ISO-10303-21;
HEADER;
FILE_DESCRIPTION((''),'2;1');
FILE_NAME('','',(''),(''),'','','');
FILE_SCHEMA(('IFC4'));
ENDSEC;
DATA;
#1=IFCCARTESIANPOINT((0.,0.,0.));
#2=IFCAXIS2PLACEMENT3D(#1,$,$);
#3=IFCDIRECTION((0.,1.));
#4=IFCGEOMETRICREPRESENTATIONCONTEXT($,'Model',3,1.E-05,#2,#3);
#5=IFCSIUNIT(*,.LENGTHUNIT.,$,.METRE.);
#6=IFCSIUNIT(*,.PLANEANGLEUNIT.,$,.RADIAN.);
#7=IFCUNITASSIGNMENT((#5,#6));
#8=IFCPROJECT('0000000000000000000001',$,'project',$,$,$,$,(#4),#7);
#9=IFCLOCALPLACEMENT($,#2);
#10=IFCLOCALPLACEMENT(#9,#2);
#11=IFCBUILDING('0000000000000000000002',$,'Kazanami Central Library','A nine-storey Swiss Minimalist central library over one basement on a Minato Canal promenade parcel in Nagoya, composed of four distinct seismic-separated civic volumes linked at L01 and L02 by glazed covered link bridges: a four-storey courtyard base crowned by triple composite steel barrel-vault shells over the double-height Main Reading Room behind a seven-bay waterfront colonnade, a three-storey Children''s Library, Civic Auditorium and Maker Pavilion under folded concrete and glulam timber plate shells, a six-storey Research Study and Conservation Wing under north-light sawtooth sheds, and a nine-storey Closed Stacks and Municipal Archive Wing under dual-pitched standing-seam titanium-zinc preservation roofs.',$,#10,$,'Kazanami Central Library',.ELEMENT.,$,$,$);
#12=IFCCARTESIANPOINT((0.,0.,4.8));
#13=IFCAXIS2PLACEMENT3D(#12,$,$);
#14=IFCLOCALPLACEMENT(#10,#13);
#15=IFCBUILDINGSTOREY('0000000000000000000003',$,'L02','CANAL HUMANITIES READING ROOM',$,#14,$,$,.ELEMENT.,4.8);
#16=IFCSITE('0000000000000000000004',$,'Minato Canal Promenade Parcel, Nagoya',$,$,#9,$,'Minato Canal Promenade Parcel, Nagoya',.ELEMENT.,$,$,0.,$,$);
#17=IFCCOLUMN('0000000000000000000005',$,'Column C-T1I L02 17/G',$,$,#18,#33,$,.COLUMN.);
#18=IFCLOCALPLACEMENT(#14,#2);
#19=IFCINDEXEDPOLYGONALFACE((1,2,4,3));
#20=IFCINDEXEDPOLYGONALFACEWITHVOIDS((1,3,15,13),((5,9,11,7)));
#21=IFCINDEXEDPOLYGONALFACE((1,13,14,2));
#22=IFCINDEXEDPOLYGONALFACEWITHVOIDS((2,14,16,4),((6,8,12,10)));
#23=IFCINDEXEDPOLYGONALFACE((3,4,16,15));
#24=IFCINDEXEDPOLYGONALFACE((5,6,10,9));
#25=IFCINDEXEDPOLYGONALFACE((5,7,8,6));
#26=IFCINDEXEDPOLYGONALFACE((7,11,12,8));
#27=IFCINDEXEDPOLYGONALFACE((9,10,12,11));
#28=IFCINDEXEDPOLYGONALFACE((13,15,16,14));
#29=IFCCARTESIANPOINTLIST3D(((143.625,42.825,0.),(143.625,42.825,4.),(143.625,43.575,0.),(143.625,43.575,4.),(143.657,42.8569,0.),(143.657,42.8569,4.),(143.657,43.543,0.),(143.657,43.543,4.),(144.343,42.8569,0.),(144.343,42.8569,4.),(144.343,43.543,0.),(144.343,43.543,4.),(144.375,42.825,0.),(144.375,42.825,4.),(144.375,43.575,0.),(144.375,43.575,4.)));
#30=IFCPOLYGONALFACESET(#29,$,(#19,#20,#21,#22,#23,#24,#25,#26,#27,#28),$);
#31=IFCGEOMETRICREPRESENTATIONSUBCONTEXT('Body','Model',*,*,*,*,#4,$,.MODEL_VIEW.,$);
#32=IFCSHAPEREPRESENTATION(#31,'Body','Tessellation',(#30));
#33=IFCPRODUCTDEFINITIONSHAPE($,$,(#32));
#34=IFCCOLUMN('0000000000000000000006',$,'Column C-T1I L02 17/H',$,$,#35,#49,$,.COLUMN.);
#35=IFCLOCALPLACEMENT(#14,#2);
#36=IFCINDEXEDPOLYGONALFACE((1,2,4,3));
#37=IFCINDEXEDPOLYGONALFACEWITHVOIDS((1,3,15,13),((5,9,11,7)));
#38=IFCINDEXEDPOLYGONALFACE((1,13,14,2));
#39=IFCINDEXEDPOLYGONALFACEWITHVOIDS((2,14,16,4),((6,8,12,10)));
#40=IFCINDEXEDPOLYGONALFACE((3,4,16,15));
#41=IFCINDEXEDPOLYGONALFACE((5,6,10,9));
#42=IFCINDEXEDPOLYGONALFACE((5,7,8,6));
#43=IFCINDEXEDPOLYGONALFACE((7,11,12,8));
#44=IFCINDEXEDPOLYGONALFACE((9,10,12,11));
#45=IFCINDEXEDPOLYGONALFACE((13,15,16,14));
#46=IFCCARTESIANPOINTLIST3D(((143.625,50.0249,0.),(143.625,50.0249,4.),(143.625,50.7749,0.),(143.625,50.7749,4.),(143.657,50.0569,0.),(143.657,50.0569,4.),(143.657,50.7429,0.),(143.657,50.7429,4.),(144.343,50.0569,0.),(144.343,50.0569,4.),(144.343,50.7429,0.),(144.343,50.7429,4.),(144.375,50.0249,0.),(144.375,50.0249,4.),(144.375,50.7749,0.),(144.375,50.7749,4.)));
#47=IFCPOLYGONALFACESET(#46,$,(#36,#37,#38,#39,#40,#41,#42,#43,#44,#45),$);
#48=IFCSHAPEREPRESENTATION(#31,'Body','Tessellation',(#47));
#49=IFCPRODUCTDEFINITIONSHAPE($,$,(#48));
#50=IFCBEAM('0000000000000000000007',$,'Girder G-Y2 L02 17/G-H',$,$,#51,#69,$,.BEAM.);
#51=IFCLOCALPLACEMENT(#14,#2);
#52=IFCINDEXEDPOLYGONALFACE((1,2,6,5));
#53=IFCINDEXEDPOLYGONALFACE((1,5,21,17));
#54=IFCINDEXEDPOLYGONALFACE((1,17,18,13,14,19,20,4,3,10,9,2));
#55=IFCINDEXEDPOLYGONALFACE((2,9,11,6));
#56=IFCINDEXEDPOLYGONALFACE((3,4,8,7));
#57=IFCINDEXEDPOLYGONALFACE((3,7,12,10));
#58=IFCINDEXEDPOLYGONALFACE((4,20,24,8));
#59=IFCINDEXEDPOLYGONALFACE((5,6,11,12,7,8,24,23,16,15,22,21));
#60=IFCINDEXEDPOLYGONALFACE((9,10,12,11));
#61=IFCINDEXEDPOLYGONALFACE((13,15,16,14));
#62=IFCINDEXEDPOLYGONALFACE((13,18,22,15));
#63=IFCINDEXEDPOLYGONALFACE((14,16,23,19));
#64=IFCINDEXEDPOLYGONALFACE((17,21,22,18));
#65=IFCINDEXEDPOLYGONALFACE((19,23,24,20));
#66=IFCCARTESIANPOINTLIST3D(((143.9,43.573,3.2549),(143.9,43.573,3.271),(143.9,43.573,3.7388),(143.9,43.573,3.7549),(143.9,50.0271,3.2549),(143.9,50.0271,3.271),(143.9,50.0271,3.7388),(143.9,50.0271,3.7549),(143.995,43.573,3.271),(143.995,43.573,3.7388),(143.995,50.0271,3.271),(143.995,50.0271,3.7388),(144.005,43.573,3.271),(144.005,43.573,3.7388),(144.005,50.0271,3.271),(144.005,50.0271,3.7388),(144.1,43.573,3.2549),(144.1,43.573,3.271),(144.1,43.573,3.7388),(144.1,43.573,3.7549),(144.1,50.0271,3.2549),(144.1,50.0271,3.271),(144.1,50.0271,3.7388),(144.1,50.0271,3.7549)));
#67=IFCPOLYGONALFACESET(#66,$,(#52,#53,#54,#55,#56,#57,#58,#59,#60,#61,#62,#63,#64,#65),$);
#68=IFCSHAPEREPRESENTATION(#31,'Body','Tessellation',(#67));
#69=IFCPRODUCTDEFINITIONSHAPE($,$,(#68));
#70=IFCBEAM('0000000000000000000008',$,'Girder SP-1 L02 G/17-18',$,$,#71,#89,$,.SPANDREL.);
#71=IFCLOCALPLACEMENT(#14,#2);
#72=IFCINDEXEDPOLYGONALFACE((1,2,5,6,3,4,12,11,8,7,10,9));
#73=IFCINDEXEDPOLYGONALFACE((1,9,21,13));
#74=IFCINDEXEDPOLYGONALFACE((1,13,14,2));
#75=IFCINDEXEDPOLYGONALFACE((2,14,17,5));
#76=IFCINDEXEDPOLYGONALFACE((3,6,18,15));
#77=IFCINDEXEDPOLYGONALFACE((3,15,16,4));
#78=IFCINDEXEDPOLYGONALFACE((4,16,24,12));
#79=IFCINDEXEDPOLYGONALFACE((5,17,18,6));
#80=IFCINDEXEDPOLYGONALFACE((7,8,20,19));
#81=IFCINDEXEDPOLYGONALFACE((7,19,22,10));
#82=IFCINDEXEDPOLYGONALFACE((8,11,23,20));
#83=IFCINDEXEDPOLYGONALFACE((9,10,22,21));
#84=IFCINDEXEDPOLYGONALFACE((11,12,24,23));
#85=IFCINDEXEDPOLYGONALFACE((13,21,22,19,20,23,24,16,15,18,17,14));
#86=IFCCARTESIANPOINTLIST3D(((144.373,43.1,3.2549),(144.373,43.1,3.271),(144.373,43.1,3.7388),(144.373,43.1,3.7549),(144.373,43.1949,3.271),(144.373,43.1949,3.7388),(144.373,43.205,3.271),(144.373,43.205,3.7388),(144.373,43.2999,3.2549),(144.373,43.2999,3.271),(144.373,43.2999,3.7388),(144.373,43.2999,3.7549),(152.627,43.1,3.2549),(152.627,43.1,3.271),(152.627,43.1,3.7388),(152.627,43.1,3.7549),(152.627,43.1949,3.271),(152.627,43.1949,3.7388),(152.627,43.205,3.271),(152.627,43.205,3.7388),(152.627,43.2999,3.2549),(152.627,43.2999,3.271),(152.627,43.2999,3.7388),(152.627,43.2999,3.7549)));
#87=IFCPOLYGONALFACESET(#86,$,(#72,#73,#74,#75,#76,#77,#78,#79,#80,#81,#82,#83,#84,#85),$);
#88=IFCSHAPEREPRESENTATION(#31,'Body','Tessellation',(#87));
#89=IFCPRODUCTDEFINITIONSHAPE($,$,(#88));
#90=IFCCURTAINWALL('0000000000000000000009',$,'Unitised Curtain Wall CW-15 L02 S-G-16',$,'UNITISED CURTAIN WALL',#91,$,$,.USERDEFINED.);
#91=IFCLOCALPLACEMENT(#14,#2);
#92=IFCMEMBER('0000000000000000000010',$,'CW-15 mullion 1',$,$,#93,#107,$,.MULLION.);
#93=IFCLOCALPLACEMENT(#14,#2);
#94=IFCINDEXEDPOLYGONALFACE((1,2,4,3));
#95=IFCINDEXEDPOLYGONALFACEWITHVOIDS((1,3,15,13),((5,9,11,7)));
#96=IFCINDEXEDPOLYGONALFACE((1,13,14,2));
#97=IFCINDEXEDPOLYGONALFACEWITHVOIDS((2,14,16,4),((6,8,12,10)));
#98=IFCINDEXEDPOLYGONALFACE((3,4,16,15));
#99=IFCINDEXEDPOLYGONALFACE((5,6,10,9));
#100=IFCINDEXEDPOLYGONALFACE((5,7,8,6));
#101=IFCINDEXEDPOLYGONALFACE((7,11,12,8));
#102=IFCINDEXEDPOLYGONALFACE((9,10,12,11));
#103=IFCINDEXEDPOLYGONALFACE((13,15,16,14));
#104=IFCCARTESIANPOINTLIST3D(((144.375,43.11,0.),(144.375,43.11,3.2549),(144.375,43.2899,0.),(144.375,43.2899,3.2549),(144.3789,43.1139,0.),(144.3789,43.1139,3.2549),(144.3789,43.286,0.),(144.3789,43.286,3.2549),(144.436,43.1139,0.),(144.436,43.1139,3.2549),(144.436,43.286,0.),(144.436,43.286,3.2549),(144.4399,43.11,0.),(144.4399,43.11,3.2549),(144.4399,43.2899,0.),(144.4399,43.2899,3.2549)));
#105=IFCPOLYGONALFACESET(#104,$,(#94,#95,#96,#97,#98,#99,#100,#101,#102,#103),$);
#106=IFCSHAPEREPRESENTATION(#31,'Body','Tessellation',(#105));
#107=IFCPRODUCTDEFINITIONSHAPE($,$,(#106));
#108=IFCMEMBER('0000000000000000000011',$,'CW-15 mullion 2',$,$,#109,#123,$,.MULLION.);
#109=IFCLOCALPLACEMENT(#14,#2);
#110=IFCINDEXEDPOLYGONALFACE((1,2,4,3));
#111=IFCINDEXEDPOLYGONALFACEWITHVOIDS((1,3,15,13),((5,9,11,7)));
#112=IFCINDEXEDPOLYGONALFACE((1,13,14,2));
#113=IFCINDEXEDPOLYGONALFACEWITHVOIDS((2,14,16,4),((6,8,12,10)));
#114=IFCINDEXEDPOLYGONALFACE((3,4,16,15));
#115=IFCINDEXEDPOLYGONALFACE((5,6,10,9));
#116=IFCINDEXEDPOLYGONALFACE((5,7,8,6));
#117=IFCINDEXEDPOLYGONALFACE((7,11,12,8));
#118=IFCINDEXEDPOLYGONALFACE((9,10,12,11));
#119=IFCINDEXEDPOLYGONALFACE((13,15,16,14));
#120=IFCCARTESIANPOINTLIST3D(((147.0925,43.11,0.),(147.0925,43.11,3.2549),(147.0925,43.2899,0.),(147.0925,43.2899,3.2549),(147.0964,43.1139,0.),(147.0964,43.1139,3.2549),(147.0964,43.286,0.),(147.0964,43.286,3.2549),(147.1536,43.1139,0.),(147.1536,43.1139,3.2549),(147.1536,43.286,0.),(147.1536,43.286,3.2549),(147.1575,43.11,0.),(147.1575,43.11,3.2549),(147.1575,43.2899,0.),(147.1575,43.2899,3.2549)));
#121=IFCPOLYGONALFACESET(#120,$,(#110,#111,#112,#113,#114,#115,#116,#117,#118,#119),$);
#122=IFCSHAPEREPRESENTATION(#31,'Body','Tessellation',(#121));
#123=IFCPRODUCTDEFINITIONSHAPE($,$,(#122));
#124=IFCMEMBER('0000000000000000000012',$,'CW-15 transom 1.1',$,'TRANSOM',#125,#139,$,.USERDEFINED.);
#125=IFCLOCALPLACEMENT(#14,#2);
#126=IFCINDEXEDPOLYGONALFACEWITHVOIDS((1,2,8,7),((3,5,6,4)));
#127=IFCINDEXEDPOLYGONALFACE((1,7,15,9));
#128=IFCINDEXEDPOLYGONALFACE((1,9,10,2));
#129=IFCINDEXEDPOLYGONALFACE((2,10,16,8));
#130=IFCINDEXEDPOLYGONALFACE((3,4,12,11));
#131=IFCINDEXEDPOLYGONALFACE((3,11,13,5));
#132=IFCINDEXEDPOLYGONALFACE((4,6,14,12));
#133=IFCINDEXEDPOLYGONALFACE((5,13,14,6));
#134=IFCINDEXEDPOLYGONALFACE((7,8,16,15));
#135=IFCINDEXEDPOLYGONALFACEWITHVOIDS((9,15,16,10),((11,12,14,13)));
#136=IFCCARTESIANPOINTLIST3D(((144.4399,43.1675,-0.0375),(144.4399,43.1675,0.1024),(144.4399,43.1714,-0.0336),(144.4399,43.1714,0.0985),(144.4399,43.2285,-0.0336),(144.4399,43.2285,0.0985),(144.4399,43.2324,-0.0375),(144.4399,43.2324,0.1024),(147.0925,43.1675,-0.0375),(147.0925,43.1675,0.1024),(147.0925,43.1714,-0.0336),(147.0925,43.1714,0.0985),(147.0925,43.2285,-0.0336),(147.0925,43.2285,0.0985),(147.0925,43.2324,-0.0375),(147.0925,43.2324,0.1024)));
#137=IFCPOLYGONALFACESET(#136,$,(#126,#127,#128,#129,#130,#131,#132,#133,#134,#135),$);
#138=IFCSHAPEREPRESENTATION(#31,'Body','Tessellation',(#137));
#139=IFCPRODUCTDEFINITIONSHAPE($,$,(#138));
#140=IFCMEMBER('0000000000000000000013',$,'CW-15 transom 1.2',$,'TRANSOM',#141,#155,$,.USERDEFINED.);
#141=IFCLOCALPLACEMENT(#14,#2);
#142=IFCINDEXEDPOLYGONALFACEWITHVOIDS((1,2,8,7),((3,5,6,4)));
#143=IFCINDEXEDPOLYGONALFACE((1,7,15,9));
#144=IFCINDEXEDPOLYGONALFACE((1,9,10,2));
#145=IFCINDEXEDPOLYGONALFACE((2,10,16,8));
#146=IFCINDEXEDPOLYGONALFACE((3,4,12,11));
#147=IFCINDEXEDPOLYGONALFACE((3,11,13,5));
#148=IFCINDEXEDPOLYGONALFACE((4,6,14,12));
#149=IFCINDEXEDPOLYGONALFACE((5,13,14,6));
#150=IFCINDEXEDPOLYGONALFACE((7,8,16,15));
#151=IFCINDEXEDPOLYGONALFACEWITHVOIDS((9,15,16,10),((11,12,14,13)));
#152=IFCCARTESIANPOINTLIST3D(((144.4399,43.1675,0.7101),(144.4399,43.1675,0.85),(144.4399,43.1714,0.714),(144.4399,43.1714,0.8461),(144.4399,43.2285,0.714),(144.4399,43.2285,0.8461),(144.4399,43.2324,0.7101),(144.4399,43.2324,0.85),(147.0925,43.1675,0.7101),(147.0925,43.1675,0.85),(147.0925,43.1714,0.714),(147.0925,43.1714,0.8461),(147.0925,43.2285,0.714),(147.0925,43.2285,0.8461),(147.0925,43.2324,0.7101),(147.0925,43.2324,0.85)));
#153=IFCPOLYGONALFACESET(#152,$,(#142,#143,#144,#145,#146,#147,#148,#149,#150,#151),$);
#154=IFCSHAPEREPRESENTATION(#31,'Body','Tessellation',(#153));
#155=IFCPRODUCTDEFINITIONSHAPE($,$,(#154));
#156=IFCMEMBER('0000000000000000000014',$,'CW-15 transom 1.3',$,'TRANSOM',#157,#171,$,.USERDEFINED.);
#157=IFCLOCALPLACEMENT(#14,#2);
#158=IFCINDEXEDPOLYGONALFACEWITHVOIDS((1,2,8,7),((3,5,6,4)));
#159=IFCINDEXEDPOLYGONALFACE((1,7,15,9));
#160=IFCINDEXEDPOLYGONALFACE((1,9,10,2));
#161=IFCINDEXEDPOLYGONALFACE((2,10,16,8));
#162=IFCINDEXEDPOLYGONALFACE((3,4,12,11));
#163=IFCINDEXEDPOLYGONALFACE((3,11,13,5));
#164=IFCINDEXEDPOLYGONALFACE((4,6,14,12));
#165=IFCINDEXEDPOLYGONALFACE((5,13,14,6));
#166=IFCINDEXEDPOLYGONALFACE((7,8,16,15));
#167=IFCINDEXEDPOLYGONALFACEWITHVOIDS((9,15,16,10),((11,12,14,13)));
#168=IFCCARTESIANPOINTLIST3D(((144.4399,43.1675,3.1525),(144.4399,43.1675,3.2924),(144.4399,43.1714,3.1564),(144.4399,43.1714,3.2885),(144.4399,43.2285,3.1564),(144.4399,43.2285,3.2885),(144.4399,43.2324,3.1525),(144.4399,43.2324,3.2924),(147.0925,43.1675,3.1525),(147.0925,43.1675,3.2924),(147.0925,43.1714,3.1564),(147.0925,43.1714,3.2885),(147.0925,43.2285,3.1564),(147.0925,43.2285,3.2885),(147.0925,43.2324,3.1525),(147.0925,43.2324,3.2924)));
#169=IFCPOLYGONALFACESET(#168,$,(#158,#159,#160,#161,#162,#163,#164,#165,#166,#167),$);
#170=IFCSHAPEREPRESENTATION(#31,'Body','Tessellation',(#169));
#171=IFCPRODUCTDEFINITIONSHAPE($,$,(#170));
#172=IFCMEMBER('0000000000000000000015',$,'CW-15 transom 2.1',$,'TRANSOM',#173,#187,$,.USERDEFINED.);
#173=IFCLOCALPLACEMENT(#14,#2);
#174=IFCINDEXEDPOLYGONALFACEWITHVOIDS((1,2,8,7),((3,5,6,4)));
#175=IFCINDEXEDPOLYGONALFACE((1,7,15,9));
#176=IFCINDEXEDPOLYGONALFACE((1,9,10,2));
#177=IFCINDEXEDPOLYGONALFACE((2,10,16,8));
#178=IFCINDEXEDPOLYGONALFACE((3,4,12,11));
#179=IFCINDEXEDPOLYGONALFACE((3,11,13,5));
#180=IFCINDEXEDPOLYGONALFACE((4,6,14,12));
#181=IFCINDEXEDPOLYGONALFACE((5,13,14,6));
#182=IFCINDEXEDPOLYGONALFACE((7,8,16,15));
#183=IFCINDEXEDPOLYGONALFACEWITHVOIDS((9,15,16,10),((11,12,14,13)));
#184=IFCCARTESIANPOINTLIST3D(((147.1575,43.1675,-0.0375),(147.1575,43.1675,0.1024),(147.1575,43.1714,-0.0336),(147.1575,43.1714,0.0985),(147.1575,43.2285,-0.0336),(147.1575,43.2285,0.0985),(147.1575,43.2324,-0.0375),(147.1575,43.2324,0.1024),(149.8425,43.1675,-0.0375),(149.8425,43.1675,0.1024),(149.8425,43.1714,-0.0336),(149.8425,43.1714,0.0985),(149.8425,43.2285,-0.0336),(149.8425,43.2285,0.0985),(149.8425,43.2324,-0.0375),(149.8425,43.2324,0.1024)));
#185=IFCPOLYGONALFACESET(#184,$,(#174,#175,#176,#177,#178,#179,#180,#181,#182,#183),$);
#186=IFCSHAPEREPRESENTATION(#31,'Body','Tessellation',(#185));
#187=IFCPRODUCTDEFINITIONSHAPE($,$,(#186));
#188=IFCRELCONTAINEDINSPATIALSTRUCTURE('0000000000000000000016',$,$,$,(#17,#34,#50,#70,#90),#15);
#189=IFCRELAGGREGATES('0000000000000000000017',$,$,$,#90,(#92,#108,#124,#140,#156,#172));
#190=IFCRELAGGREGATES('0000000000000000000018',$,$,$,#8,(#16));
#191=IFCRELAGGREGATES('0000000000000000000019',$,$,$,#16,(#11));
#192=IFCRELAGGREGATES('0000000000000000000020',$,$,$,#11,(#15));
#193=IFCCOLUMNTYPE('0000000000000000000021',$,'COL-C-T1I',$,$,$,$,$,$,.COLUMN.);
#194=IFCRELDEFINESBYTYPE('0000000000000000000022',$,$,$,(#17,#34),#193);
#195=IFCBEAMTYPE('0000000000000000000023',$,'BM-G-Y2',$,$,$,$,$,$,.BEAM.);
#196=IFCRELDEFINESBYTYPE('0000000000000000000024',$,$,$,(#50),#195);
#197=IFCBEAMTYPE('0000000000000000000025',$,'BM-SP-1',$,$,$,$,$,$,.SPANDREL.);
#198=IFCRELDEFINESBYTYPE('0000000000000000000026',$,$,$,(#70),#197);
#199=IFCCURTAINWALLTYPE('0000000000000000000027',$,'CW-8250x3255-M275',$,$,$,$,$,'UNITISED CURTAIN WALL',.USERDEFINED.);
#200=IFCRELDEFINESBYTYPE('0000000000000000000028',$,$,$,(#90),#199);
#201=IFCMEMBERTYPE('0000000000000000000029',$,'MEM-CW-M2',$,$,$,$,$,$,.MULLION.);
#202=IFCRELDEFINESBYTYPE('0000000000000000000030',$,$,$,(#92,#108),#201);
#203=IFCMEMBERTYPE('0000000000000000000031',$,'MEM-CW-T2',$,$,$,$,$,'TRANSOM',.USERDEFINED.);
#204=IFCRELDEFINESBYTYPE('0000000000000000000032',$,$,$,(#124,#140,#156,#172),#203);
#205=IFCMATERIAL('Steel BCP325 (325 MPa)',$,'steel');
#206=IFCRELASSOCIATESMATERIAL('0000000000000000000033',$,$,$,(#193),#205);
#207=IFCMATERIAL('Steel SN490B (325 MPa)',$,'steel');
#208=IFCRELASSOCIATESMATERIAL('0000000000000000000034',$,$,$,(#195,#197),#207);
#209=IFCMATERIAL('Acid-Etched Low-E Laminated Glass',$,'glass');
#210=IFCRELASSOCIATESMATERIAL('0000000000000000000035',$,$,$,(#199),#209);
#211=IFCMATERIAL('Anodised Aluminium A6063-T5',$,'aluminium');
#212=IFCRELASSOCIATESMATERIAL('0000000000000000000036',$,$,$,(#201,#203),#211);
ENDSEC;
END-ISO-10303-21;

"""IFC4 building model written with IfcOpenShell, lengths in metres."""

from ifc_helpers import new_model, si_unit, direction, frame, origin, origin_2d, place, context, subcontext, project, spatial, hollow_rectangle, i_section, extrude, material, material_profile, profile_set, type_object, element, aggregate, save


model = new_model("IFC4")

# Units and contexts
model_context = context("Model", 3, precision=1e-05, world=origin(), true_north=direction((0.0, 1.0)))
body_context = subcontext(model_context, "Body", "Model", "MODEL_VIEW")
ifc_project = project(units=[si_unit("LENGTHUNIT", "METRE"), si_unit("PLANEANGLEUNIT", "RADIAN")], contexts=[model_context])

# Site, building, storey
site_placement = place(None, origin())
site = spatial("IfcSite", under=ifc_project, at=site_placement, Name="Minato Canal Promenade Parcel, Nagoya", LongName="Minato Canal Promenade Parcel, Nagoya", CompositionType="ELEMENT", RefElevation=0.0)
building_placement = place(site_placement, origin())
building = spatial("IfcBuilding", under=site, at=building_placement, Name="Kazanami Central Library", Description="A nine-storey Swiss Minimalist central library over one basement on a Minato Canal promenade parcel in Nagoya, composed of four distinct seismic-separated civic volumes linked at L01 and L02 by glazed covered link bridges: a four-storey courtyard base crowned by triple composite steel barrel-vault shells over the double-height Main Reading Room behind a seven-bay waterfront colonnade, a three-storey Children's Library, Civic Auditorium and Maker Pavilion under folded concrete and glulam timber plate shells, a six-storey Research Study and Conservation Wing under north-light sawtooth sheds, and a nine-storey Closed Stacks and Municipal Archive Wing under dual-pitched standing-seam titanium-zinc preservation roofs.", LongName="Kazanami Central Library", CompositionType="ELEMENT")
storey_placement = place(building_placement, frame((0.0, 0.0, 4.8)))
storey = spatial("IfcBuildingStorey", under=building, at=storey_placement, Name="L02", Description="CANAL HUMANITIES READING ROOM", CompositionType="ELEMENT", Elevation=4.8)

# Columns
ifc_material_1 = material(Name="Steel BCP325 (325 MPa)", Category="steel")
ifc_material_profile_1 = material_profile(ifc_material_1, hollow_rectangle(XDim=0.75, YDim=0.75, WallThickness=0.032, at=origin_2d()), Name="BCP-750x750x32")
ifc_profile_set_1 = profile_set([ifc_material_profile_1], Name="Steel BCP325 (325 MPa)")
column_type = type_object("IfcColumnType", Name="COL-C-T1I", PredefinedType="COLUMN", material=ifc_profile_set_1)
for number, where, z_axis, x_axis, name in (
    (1, (144.0, 43.2, 0.0), (0.0, 0.0, 1.0), (1.0, 0.0, 0.0), "Column C-T1I L02 17/G"),
    (2, (144.0, 50.3999, 0.0), (0.0, 0.0, 1.0), (1.0, 0.0, 0.0), "Column C-T1I L02 17/H"),
):
    element("IfcColumn", number, at=place(storey_placement, frame(where, z_axis=z_axis, x_axis=x_axis)), inside=storey, type_object=column_type, Name=name, PredefinedType="COLUMN", context=body_context, shape_type="SweptSolid", body=[
        extrude(hollow_rectangle(XDim=0.75, YDim=0.75, WallThickness=0.032, at=origin_2d()), origin(), (0.0, 0.0, 1.0), 4.0),
    ])

# Beams
ifc_material_2 = material(Name="Steel SN490B (325 MPa)", Category="steel")
ifc_material_profile_2 = material_profile(ifc_material_2, i_section(OverallWidth=0.2, OverallDepth=0.5, WebThickness=0.01, FlangeThickness=0.0161, at=origin_2d()), Name="H-500x200x10x16")
ifc_profile_set_2 = profile_set([ifc_material_profile_2], Name="Steel SN490B (325 MPa)")
beam_type_1 = type_object("IfcBeamType", Name="BM-G-Y2", PredefinedType="BEAM", material=ifc_profile_set_2)
beam_1_placement = place(storey_placement, frame((144.0, 43.573, 3.5049), z_axis=(0.0, 1.0, 0.0), x_axis=(-1.0, 0.0, 0.0)))
element("IfcBeam", 3, at=beam_1_placement, inside=storey, type_object=beam_type_1, Name="Girder G-Y2 L02 17/G-H", PredefinedType="BEAM", context=body_context, shape_type="SweptSolid", body=[
    extrude(i_section(OverallWidth=0.2, OverallDepth=0.5, WebThickness=0.01, FlangeThickness=0.0161, at=origin_2d()), origin(), (0.0, 0.0, 1.0), 6.4541),
])
ifc_material_profile_3 = material_profile(ifc_material_2, i_section(OverallWidth=0.2, OverallDepth=0.5, WebThickness=0.01, FlangeThickness=0.0161, at=origin_2d()), Name="H-500x200x10x16")
ifc_profile_set_3 = profile_set([ifc_material_profile_3], Name="Steel SN490B (325 MPa)")
beam_type_2 = type_object("IfcBeamType", Name="BM-SP-1", PredefinedType="SPANDREL", material=ifc_profile_set_3)
beam_2_placement = place(storey_placement, frame((144.373, 43.2, 3.5049), z_axis=(1.0, 0.0, 0.0), x_axis=(0.0, 1.0, 0.0)))
element("IfcBeam", 4, at=beam_2_placement, inside=storey, type_object=beam_type_2, Name="Girder SP-1 L02 G/17-18", PredefinedType="SPANDREL", context=body_context, shape_type="SweptSolid", body=[
    extrude(i_section(OverallWidth=0.2, OverallDepth=0.5, WebThickness=0.01, FlangeThickness=0.0161, at=origin_2d()), origin(), (0.0, 0.0, 1.0), 8.2539),
])

# Curtain wall, members
ifc_material_3 = material(Name="Acid-Etched Low-E Laminated Glass", Category="glass")
curtain_wall_type = type_object("IfcCurtainWallType", Name="CW-8250x3255-M275", ElementType="UNITISED CURTAIN WALL", PredefinedType="USERDEFINED", material=ifc_material_3)
curtain_wall_placement = place(storey_placement, origin())
curtain_wall = element("IfcCurtainWall", 5, at=curtain_wall_placement, inside=storey, type_object=curtain_wall_type, Name="Unitised Curtain Wall CW-15 L02 S-G-16", ObjectType="UNITISED CURTAIN WALL", PredefinedType="USERDEFINED")
ifc_material_4 = material(Name="Anodised Aluminium A6063-T5", Category="aluminium")
ifc_material_profile_4 = material_profile(ifc_material_4, hollow_rectangle(XDim=0.0649, YDim=0.1799, WallThickness=0.0039, at=origin_2d()), Name="ALU-MULL-65x180x4")
ifc_profile_set_4 = profile_set([ifc_material_profile_4], Name="Anodised Aluminium A6063-T5")
member_type_1 = type_object("IfcMemberType", Name="MEM-CW-M2", PredefinedType="MULLION", material=ifc_profile_set_4)
member_1_placement = place(storey_placement, frame((144.4075, 43.2, 0.0), z_axis=(0.0, 0.0, 1.0), x_axis=(1.0, 0.0, 0.0)))
member_1 = element("IfcMember", 6, at=member_1_placement, type_object=member_type_1, Name="CW-15 mullion 1", PredefinedType="MULLION", context=body_context, shape_type="SweptSolid", body=[
    extrude(hollow_rectangle(XDim=0.0649, YDim=0.1799, WallThickness=0.0039, at=origin_2d()), origin(), (0.0, 0.0, 1.0), 3.2549),
])
member_2_placement = place(storey_placement, frame((147.125, 43.2, 0.0), z_axis=(0.0, 0.0, 1.0), x_axis=(1.0, 0.0, 0.0)))
member_2 = element("IfcMember", 7, at=member_2_placement, type_object=member_type_1, Name="CW-15 mullion 2", PredefinedType="MULLION", context=body_context, shape_type="SweptSolid", body=[
    extrude(hollow_rectangle(XDim=0.0649, YDim=0.1799, WallThickness=0.0039, at=origin_2d()), origin(), (0.0, 0.0, 1.0), 3.2549),
])
ifc_material_profile_5 = material_profile(ifc_material_4, hollow_rectangle(XDim=0.0649, YDim=0.1399, WallThickness=0.0039, at=origin_2d()), Name="ALU-TRAN-65x140x4")
ifc_profile_set_5 = profile_set([ifc_material_profile_5], Name="Anodised Aluminium A6063-T5")
member_type_2 = type_object("IfcMemberType", Name="MEM-CW-T2", ElementType="TRANSOM", PredefinedType="USERDEFINED", material=ifc_profile_set_5)
member_3_placement = place(storey_placement, frame((144.4399, 43.2, 0.0325), z_axis=(1.0, 0.0, 0.0), x_axis=(0.0, 1.0, 0.0)))
member_3 = element("IfcMember", 8, at=member_3_placement, type_object=member_type_2, Name="CW-15 transom 1.1", ObjectType="TRANSOM", PredefinedType="USERDEFINED", context=body_context, shape_type="SweptSolid", body=[
    extrude(hollow_rectangle(XDim=0.0649, YDim=0.1399, WallThickness=0.0039, at=origin_2d()), origin(), (0.0, 0.0, 1.0), 2.6526),
])
member_4_placement = place(storey_placement, frame((144.4399, 43.2, 0.78), z_axis=(1.0, 0.0, 0.0), x_axis=(0.0, 1.0, 0.0)))
member_4 = element("IfcMember", 9, at=member_4_placement, type_object=member_type_2, Name="CW-15 transom 1.2", ObjectType="TRANSOM", PredefinedType="USERDEFINED", context=body_context, shape_type="SweptSolid", body=[
    extrude(hollow_rectangle(XDim=0.0649, YDim=0.1399, WallThickness=0.0039, at=origin_2d()), origin(), (0.0, 0.0, 1.0), 2.6526),
])
member_5_placement = place(storey_placement, frame((144.4399, 43.2, 3.2224), z_axis=(1.0, 0.0, 0.0), x_axis=(0.0, 1.0, 0.0)))
member_5 = element("IfcMember", 10, at=member_5_placement, type_object=member_type_2, Name="CW-15 transom 1.3", ObjectType="TRANSOM", PredefinedType="USERDEFINED", context=body_context, shape_type="SweptSolid", body=[
    extrude(hollow_rectangle(XDim=0.0649, YDim=0.1399, WallThickness=0.0039, at=origin_2d()), origin(), (0.0, 0.0, 1.0), 2.6526),
])
member_6_placement = place(storey_placement, frame((147.1575, 43.2, 0.0325), z_axis=(1.0, 0.0, 0.0), x_axis=(0.0, 1.0, 0.0)))
member_6 = element("IfcMember", 11, at=member_6_placement, type_object=member_type_2, Name="CW-15 transom 2.1", ObjectType="TRANSOM", PredefinedType="USERDEFINED", context=body_context, shape_type="SweptSolid", body=[
    extrude(hollow_rectangle(XDim=0.0649, YDim=0.1399, WallThickness=0.0039, at=origin_2d()), origin(), (0.0, 0.0, 1.0), 2.6851),
])
aggregate(curtain_wall, [member_1, member_2, member_3, member_4, member_5, member_6])

save(model, "model.ifc")
